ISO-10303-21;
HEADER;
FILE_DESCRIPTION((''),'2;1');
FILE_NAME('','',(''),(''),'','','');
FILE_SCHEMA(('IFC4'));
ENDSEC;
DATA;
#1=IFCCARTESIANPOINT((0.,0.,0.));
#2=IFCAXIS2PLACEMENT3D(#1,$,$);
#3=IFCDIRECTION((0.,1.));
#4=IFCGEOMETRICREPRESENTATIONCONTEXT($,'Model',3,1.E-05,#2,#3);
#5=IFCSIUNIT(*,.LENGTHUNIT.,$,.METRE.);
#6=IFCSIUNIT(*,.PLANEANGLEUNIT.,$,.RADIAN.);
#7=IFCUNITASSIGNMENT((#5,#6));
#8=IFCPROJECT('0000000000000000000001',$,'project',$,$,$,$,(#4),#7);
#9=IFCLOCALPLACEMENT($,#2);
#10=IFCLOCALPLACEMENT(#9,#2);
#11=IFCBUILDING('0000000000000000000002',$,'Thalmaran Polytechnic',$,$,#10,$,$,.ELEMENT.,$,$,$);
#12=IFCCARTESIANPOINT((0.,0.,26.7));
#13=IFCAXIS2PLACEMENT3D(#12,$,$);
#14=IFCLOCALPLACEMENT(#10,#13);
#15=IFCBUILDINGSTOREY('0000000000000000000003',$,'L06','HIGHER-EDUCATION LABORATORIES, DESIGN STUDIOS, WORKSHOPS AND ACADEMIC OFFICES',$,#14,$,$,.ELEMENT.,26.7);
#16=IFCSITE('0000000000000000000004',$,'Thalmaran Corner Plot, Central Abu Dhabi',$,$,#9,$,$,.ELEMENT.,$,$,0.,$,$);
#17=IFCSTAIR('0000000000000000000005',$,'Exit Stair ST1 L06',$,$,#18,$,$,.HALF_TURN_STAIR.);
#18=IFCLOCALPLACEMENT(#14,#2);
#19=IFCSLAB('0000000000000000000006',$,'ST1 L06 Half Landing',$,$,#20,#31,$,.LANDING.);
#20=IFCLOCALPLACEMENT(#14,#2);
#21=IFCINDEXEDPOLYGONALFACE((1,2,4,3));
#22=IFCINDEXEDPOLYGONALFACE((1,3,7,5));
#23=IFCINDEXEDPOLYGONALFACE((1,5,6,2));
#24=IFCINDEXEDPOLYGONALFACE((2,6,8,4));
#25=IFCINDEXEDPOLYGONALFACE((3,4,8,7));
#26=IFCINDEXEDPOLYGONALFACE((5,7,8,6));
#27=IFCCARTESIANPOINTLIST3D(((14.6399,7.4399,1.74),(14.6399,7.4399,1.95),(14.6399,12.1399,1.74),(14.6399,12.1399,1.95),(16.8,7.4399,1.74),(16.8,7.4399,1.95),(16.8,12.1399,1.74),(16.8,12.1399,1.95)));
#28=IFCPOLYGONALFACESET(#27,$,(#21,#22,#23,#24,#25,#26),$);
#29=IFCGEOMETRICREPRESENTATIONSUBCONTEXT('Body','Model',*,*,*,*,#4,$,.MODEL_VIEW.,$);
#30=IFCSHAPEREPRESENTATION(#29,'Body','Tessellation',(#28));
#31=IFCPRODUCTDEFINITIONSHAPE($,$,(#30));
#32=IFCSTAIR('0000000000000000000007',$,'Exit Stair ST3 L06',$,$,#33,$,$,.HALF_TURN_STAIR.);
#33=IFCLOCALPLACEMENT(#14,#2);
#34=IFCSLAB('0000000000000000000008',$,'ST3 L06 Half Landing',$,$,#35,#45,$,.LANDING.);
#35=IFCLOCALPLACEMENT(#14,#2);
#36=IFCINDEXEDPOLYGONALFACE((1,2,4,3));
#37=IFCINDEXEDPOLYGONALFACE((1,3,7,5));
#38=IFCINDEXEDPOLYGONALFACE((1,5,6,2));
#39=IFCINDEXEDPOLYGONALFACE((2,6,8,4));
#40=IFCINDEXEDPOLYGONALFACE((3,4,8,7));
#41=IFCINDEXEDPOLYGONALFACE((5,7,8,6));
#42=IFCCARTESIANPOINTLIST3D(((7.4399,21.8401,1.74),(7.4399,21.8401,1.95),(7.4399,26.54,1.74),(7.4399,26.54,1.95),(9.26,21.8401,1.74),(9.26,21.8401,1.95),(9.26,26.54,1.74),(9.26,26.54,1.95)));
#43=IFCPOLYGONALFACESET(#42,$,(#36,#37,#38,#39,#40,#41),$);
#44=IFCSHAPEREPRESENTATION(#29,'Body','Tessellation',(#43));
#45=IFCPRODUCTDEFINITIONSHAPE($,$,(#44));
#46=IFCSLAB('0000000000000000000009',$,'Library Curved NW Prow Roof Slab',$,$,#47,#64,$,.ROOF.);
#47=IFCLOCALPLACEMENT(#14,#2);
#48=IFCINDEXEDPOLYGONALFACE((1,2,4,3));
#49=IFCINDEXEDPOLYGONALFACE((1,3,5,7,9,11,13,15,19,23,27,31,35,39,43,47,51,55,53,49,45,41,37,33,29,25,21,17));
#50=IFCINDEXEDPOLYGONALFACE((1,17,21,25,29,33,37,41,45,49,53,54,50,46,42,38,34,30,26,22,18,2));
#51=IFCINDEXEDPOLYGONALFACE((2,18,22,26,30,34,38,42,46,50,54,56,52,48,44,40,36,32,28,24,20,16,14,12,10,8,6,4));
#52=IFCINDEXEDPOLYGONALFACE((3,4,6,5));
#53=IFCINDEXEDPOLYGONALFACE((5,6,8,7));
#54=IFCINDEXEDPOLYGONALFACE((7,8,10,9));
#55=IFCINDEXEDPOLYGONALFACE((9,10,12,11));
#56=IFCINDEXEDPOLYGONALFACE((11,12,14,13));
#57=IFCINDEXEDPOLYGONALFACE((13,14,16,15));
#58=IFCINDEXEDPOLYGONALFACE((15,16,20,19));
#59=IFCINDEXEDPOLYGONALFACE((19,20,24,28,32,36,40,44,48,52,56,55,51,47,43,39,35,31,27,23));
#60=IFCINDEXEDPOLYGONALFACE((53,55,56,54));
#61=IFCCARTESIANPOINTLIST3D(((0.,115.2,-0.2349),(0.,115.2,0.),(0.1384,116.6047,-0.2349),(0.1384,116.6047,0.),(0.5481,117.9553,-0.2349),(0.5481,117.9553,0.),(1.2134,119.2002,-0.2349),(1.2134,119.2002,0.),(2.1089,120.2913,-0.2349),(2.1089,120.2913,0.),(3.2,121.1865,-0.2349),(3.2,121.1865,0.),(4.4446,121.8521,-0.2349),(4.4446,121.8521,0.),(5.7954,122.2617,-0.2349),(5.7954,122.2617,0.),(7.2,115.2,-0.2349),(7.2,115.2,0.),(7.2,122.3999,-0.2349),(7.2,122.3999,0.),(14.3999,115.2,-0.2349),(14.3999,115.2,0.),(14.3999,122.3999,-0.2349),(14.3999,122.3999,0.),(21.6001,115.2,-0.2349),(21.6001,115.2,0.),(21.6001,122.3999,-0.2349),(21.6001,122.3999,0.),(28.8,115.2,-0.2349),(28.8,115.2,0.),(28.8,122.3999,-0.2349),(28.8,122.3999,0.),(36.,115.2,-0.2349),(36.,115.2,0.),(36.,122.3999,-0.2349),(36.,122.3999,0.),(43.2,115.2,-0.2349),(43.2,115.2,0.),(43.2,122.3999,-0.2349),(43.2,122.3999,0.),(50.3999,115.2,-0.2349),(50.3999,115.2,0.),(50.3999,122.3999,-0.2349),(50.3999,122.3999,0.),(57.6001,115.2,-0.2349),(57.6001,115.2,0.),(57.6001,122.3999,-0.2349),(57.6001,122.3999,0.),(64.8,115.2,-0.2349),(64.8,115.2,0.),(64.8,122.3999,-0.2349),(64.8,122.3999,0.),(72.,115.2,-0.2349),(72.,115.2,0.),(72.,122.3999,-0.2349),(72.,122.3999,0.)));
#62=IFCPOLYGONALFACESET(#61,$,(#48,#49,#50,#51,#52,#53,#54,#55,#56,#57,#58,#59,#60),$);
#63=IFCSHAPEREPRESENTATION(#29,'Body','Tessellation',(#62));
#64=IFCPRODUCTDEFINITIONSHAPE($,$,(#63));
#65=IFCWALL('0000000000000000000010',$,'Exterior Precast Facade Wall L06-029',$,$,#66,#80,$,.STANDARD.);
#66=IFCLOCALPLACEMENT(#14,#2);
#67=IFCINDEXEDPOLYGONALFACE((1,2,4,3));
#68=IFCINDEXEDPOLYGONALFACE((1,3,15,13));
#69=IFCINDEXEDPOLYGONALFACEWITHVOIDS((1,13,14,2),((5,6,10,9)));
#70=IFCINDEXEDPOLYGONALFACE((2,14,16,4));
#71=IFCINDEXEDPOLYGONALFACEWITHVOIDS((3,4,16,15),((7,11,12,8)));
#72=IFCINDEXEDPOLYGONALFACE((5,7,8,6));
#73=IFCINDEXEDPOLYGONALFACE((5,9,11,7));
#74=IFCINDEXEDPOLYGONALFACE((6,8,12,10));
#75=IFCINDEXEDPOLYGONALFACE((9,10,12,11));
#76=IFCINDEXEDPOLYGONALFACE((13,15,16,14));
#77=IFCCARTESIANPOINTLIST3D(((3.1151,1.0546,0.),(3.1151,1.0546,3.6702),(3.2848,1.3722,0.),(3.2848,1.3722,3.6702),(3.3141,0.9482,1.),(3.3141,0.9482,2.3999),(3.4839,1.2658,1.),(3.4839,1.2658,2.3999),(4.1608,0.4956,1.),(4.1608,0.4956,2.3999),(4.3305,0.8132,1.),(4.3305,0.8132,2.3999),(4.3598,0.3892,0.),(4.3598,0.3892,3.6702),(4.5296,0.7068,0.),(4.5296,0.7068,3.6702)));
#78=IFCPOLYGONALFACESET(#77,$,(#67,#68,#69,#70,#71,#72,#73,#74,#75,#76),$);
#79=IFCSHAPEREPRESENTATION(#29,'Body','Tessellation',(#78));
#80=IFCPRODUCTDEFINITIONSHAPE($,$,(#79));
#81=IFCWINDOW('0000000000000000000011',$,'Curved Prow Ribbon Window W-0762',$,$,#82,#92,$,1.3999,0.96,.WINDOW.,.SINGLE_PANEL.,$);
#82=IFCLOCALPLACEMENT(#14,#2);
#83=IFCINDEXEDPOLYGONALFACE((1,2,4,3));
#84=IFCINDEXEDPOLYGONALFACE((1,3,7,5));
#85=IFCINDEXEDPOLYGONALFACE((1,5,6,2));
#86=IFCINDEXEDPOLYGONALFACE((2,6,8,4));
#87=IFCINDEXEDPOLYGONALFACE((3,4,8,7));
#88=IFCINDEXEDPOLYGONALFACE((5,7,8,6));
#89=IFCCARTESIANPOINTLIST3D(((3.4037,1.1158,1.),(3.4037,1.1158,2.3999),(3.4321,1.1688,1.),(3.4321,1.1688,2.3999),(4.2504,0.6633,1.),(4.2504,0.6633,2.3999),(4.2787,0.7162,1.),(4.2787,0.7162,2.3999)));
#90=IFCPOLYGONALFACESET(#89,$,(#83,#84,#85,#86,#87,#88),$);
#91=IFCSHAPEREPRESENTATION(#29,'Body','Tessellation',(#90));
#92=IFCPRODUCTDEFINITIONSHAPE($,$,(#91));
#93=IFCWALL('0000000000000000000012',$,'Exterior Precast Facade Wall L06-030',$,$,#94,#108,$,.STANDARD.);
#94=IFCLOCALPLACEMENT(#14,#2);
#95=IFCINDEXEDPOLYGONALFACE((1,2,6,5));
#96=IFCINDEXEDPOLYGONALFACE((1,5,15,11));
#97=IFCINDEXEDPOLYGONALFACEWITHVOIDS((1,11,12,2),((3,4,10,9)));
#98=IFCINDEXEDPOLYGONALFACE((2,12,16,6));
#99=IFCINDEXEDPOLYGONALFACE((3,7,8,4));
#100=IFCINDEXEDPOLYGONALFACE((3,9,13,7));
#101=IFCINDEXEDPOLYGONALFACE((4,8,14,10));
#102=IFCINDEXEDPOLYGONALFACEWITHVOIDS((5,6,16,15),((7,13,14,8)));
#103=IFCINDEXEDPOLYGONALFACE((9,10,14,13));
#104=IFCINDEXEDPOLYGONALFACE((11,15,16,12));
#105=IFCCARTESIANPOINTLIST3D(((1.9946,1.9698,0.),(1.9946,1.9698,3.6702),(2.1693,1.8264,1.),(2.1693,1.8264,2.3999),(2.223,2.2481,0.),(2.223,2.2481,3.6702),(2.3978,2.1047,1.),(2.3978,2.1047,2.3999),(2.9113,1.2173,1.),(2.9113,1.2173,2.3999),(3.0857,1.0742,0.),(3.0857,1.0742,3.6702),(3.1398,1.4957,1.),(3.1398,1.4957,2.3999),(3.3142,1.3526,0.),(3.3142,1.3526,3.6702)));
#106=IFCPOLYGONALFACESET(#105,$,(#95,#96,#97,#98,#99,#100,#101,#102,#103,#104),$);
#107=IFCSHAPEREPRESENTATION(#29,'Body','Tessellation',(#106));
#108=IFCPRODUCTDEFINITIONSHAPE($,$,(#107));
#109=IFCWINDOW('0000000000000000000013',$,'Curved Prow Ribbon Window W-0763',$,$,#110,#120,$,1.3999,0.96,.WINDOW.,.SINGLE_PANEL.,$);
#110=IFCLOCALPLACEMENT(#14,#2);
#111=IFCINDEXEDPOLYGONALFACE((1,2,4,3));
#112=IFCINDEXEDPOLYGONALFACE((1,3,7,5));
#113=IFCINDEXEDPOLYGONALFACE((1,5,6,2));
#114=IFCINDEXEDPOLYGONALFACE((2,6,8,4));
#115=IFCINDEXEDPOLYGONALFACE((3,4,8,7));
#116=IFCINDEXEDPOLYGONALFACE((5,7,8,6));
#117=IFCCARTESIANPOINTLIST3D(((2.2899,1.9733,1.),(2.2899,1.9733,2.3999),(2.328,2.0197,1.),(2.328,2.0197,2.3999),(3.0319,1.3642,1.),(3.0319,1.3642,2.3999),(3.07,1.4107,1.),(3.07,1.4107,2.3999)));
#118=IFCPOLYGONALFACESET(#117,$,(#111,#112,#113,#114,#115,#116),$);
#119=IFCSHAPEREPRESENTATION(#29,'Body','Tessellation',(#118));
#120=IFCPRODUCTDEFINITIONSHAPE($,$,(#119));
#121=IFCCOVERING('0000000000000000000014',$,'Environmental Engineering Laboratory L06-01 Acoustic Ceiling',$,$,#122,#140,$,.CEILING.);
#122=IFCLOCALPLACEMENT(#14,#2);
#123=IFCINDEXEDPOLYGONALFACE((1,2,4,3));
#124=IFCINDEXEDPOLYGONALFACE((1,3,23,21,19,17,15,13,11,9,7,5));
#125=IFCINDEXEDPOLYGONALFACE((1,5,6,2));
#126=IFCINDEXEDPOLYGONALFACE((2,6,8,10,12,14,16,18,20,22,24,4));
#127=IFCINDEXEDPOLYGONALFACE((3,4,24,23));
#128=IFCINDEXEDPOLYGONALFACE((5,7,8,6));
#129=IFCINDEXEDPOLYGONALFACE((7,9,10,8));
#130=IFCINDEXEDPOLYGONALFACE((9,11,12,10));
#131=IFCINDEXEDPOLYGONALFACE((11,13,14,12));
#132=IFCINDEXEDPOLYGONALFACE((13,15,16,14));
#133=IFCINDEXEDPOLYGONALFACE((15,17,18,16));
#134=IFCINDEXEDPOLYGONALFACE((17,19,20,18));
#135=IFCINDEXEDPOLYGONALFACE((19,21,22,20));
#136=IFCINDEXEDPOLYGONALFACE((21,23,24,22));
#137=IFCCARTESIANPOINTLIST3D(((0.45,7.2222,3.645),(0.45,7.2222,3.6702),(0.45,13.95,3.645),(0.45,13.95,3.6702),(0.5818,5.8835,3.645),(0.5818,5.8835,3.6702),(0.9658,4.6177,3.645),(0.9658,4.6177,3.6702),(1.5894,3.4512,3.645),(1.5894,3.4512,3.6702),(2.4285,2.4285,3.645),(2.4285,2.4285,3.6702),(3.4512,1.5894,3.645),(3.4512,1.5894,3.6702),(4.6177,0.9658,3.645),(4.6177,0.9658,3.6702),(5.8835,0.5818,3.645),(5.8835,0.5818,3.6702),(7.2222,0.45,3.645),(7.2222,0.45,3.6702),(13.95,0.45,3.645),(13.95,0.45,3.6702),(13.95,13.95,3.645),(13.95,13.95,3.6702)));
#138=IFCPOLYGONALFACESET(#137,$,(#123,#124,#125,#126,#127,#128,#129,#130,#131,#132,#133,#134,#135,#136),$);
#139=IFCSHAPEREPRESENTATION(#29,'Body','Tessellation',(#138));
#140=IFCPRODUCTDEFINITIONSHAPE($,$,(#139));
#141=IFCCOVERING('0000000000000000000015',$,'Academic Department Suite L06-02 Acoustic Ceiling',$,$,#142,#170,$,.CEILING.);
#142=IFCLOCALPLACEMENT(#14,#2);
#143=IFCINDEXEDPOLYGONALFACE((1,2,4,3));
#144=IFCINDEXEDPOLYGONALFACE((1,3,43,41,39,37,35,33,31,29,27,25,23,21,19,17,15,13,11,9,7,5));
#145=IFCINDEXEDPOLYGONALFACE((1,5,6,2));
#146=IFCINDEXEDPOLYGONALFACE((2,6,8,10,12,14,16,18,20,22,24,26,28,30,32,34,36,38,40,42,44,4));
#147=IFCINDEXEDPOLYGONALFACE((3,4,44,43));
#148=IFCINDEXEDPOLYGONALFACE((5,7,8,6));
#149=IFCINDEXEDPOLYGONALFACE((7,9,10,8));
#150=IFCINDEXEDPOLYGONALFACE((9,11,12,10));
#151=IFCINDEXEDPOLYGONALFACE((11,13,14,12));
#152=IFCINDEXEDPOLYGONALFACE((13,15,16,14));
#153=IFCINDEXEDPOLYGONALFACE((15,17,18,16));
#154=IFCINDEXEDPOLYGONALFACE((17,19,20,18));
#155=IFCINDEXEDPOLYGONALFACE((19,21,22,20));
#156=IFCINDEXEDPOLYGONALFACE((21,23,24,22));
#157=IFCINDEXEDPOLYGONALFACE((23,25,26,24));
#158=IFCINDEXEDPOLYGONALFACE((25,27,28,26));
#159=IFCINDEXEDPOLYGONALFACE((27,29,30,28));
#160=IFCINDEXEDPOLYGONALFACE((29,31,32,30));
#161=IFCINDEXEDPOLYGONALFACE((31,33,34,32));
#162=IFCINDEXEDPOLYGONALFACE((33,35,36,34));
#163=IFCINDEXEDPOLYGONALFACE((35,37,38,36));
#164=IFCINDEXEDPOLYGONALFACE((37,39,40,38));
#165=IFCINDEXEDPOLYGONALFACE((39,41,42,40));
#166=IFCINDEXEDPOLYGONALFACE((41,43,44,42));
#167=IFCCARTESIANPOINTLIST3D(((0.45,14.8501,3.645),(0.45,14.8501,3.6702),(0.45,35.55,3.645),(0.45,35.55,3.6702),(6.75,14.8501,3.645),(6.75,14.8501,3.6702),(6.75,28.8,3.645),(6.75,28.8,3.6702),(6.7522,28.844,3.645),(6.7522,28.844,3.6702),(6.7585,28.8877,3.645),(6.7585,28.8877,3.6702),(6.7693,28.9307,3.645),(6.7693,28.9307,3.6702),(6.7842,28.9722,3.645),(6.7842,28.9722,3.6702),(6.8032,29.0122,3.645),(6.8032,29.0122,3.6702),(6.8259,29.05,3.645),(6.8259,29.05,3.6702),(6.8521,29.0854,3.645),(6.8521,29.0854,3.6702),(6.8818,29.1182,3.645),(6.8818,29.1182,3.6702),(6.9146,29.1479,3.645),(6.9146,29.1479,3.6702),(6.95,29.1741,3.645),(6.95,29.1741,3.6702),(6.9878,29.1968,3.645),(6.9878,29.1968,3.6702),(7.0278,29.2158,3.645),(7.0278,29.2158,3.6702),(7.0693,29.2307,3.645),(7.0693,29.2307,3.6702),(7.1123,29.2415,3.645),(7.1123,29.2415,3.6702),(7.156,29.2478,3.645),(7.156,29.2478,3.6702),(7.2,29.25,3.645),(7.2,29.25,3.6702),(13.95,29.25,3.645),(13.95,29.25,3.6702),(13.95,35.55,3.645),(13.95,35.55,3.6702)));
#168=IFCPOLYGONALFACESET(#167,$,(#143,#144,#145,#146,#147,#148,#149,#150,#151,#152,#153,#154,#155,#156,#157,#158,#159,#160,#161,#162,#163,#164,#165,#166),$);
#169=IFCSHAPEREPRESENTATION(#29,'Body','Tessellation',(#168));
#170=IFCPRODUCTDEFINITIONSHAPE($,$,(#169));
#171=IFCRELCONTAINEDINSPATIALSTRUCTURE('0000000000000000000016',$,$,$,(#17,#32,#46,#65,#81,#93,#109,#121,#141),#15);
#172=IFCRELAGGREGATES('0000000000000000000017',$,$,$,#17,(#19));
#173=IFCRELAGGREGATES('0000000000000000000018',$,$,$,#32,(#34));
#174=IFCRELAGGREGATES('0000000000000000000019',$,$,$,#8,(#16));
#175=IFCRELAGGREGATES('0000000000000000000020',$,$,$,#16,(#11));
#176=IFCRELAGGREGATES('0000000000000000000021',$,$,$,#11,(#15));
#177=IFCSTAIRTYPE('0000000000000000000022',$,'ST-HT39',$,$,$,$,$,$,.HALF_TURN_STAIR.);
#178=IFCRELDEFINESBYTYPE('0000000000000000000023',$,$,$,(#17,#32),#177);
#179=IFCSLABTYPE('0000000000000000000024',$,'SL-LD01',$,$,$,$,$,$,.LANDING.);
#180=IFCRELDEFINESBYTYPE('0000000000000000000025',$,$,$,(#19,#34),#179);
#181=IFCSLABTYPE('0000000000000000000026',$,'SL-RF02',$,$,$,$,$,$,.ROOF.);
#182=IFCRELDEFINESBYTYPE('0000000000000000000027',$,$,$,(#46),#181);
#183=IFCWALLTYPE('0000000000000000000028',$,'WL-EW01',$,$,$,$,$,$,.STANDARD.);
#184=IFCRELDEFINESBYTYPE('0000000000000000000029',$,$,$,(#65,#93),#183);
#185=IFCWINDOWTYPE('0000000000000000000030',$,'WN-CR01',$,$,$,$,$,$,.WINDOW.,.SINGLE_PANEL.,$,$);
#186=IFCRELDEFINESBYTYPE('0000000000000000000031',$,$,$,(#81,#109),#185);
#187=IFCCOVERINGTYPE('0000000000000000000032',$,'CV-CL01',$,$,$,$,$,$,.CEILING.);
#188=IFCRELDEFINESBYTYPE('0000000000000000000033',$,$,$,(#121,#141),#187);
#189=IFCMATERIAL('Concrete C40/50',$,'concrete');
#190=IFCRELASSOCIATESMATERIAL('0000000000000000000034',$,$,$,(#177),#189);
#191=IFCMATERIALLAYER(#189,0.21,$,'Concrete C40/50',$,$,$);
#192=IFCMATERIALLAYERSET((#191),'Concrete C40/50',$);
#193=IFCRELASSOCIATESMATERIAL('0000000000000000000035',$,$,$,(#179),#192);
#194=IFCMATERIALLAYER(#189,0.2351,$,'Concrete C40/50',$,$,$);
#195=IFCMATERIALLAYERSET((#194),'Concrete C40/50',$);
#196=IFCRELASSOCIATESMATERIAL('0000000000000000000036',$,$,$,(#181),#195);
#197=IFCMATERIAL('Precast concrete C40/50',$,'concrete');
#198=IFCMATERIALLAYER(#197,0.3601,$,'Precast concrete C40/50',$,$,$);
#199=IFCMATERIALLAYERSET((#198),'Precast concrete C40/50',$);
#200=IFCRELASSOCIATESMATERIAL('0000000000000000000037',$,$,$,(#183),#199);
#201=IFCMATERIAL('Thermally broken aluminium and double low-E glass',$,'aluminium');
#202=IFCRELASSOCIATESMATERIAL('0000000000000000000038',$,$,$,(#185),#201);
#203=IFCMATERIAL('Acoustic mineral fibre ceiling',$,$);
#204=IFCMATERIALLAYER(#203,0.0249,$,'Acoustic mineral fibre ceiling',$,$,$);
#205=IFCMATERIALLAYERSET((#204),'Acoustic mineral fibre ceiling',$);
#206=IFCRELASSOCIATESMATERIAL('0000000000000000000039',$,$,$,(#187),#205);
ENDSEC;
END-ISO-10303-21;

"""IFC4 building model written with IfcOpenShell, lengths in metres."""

from ifc_helpers import new_model, si_unit, direction, frame, frame_2d, origin, place, context, subcontext, project, spatial, polyline, rectangle, outline, extrude, material, layer, layer_set, type_object, element, fill, aggregate, save


model = new_model("IFC4")

# Units and contexts
model_context = context("Model", 3, precision=1e-05, world=origin(), true_north=direction((0.0, 1.0)))
body_context = subcontext(model_context, "Body", "Model", "MODEL_VIEW")
ifc_project = project(units=[si_unit("LENGTHUNIT", "METRE"), si_unit("PLANEANGLEUNIT", "RADIAN")], contexts=[model_context])

# Site, building, storey
site_placement = place(None, origin())
site = spatial("IfcSite", under=ifc_project, at=site_placement, Name="Thalmaran Corner Plot, Central Abu Dhabi", CompositionType="ELEMENT", RefElevation=0.0)
building_placement = place(site_placement, origin())
building = spatial("IfcBuilding", under=site, at=building_placement, Name="Thalmaran Polytechnic", CompositionType="ELEMENT")
storey_placement = place(building_placement, frame((0.0, 0.0, 26.7)))
storey = spatial("IfcBuildingStorey", under=building, at=storey_placement, Name="L06", Description="HIGHER-EDUCATION LABORATORIES, DESIGN STUDIOS, WORKSHOPS AND ACADEMIC OFFICES", CompositionType="ELEMENT", Elevation=26.7)

# Shared definitions
ifc_material_1 = material(Name="Concrete C40/50", Category="concrete")

# Stairs, slabs
stair_type = type_object("IfcStairType", Name="ST-HT39", PredefinedType="HALF_TURN_STAIR", material=ifc_material_1)
stair_1_placement = place(storey_placement, origin())
stair_1 = element("IfcStair", 1, at=stair_1_placement, inside=storey, type_object=stair_type, Name="Exit Stair ST1 L06", PredefinedType="HALF_TURN_STAIR")
ifc_layer_1 = layer(ifc_material_1, 0.21, Name="Concrete C40/50")
ifc_layer_set_1 = layer_set([ifc_layer_1], Name="Concrete C40/50")
slab_type_1 = type_object("IfcSlabType", Name="SL-LD01", PredefinedType="LANDING", material=ifc_layer_set_1)
slab_1_placement = place(storey_placement, frame((0.0, 0.0, 1.74)))
slab_1 = element("IfcSlab", 2, at=slab_1_placement, type_object=slab_type_1, Name="ST1 L06 Half Landing", PredefinedType="LANDING", context=body_context, shape_type="SweptSolid", body=[
    extrude(outline(polyline([(14.6399, 7.4399), (16.8, 7.4399), (16.8, 12.1399), (14.6399, 12.1399), (14.6399, 7.4399)])), origin(), (0.0, 0.0, 1.0), 0.21),
])
aggregate(stair_1, [slab_1])
stair_2_placement = place(storey_placement, origin())
stair_2 = element("IfcStair", 3, at=stair_2_placement, inside=storey, type_object=stair_type, Name="Exit Stair ST3 L06", PredefinedType="HALF_TURN_STAIR")
slab_2_placement = place(storey_placement, frame((0.0, 0.0, 1.74)))
slab_2 = element("IfcSlab", 4, at=slab_2_placement, type_object=slab_type_1, Name="ST3 L06 Half Landing", PredefinedType="LANDING", context=body_context, shape_type="SweptSolid", body=[
    extrude(outline(polyline([(7.4399, 21.8401), (9.26, 21.8401), (9.26, 26.54), (7.4399, 26.54), (7.4399, 21.8401)])), origin(), (0.0, 0.0, 1.0), 0.21),
])
aggregate(stair_2, [slab_2])

# Slab
ifc_layer_2 = layer(ifc_material_1, 0.2351, Name="Concrete C40/50")
ifc_layer_set_2 = layer_set([ifc_layer_2], Name="Concrete C40/50")
slab_type_2 = type_object("IfcSlabType", Name="SL-RF02", PredefinedType="ROOF", material=ifc_layer_set_2)
slab_3_placement = place(storey_placement, frame((0.0, 0.0, -0.2349)))
element("IfcSlab", 5, at=slab_3_placement, inside=storey, type_object=slab_type_2, Name="Library Curved NW Prow Roof Slab", PredefinedType="ROOF", context=body_context, shape_type="SweptSolid", body=[
    extrude(outline(polyline([(0.5481, 117.9553), (1.2134, 119.2002), (2.1089, 120.2913), (3.2, 121.1865), (4.4446, 121.8521), (5.7954, 122.2617), (7.2, 122.3999), (14.3999, 122.3999), (21.6001, 122.3999), (28.8, 122.3999), (36.0, 122.3999), (43.2, 122.3999), (50.3999, 122.3999), (57.6001, 122.3999), (64.8, 122.3999), (72.0, 122.3999), (72.0, 115.2), (64.8, 115.2), (57.6001, 115.2), (50.3999, 115.2), (43.2, 115.2), (36.0, 115.2), (28.8, 115.2), (21.6001, 115.2), (14.3999, 115.2), (7.2, 115.2), (0.0, 115.2), (0.1384, 116.6047), (0.5481, 117.9553)])), origin(), (0.0, 0.0, 1.0), 0.2349),
])

# Walls, openings, windows
ifc_material_2 = material(Name="Precast concrete C40/50", Category="concrete")
ifc_layer_3 = layer(ifc_material_2, 0.3601, Name="Precast concrete C40/50")
ifc_layer_set_3 = layer_set([ifc_layer_3], Name="Precast concrete C40/50")
wall_type = type_object("IfcWallType", Name="WL-EW01", PredefinedType="STANDARD", material=ifc_layer_set_3)
wall_1_placement = place(storey_placement, frame((4.4446, 0.5481, 0.0), z_axis=(0.0, 0.0, 1.0), x_axis=(-0.881917, 0.471405, 0.0)))
wall_1 = element("IfcWall", 6, at=wall_1_placement, inside=storey, type_object=wall_type, Name="Exterior Precast Facade Wall L06-029", PredefinedType="STANDARD", context=body_context, shape_type="SweptSolid", body=[
    extrude(rectangle(XDim=1.4114, YDim=0.3601, at=frame_2d((0.7056, 0.0))), origin(), (0.0, 0.0, 1.0), 3.6702),
])
opening_1_placement = place(wall_1_placement, frame((0.2256, 0.0, 1.0)))
opening_1 = element("IfcOpeningElement", 7, at=opening_1_placement, cuts=wall_1, PredefinedType="OPENING", context=body_context, shape_type="SweptSolid", body=[
    extrude(rectangle(XDim=0.96, YDim=1.3999, at=frame_2d((0.48, 0.7))), frame((0.0, 0.1899, 0.0), z_axis=(0.0, -1.0, 0.0), x_axis=(1.0, 0.0, 0.0)), (0.0, 0.0, 1.0), 0.3801),
])
ifc_material_3 = material(Name="Thermally broken aluminium and double low-E glass", Category="aluminium")
window_type = type_object("IfcWindowType", Name="WN-CR01", PartitioningType="SINGLE_PANEL", PredefinedType="WINDOW", material=ifc_material_3)
window_1_placement = place(opening_1_placement, origin())
window_1 = element("IfcWindow", 8, at=window_1_placement, inside=storey, type_object=window_type, Name="Curved Prow Ribbon Window W-0762", OverallHeight=1.3999, OverallWidth=0.96, PartitioningType="SINGLE_PANEL", PredefinedType="WINDOW", context=body_context, shape_type="SweptSolid", body=[
    extrude(rectangle(XDim=0.96, YDim=1.3999, at=frame_2d((0.48, 0.7))), frame((0.0, -0.01, 0.0), z_axis=(0.0, -1.0, 0.0), x_axis=(1.0, 0.0, 0.0)), (0.0, 0.0, 1.0), 0.0601),
])
fill(opening_1, window_1)
wall_2_placement = place(storey_placement, frame((3.2, 1.2134, 0.0), z_axis=(0.0, 0.0, 1.0), x_axis=(-0.772978, 0.634433, 0.0)))
wall_2 = element("IfcWall", 9, at=wall_2_placement, inside=storey, type_object=wall_type, Name="Exterior Precast Facade Wall L06-030", PredefinedType="STANDARD", context=body_context, shape_type="SweptSolid", body=[
    extrude(rectangle(XDim=1.4116, YDim=0.3601, at=frame_2d((0.7058, 0.0))), origin(), (0.0, 0.0, 1.0), 3.6702),
])
opening_2_placement = place(wall_2_placement, frame((0.2256, 0.0, 1.0)))
opening_2 = element("IfcOpeningElement", 10, at=opening_2_placement, cuts=wall_2, PredefinedType="OPENING", context=body_context, shape_type="SweptSolid", body=[
    extrude(rectangle(XDim=0.96, YDim=1.3999, at=frame_2d((0.48, 0.7))), frame((0.0, 0.1899, 0.0), z_axis=(0.0, -1.0, 0.0), x_axis=(1.0, 0.0, 0.0)), (0.0, 0.0, 1.0), 0.3801),
])
window_2_placement = place(opening_2_placement, origin())
window_2 = element("IfcWindow", 11, at=window_2_placement, inside=storey, type_object=window_type, Name="Curved Prow Ribbon Window W-0763", OverallHeight=1.3999, OverallWidth=0.96, PartitioningType="SINGLE_PANEL", PredefinedType="WINDOW", context=body_context, shape_type="SweptSolid", body=[
    extrude(rectangle(XDim=0.96, YDim=1.3999, at=frame_2d((0.48, 0.7))), frame((0.0, -0.01, 0.0), z_axis=(0.0, -1.0, 0.0), x_axis=(1.0, 0.0, 0.0)), (0.0, 0.0, 1.0), 0.0601),
])
fill(opening_2, window_2)

# Coverings
ifc_material_4 = material(Name="Acoustic mineral fibre ceiling")
ifc_layer_4 = layer(ifc_material_4, 0.0249, Name="Acoustic mineral fibre ceiling")
ifc_layer_set_4 = layer_set([ifc_layer_4], Name="Acoustic mineral fibre ceiling")
covering_type_1 = type_object("IfcCoveringType", Name="CV-CL01", PredefinedType="CEILING", material=ifc_layer_set_4)
covering_1_placement = place(storey_placement, frame((0.0, 0.0, 3.645)))
element("IfcCovering", 12, at=covering_1_placement, inside=storey, type_object=covering_type_1, Name="Environmental Engineering Laboratory L06-01 Acoustic Ceiling", PredefinedType="CEILING", context=body_context, shape_type="SweptSolid", body=[
    extrude(outline(polyline([(4.6177, 0.9658), (3.4512, 1.5894), (2.4285, 2.4285), (1.5894, 3.4512), (0.9658, 4.6177), (0.5818, 5.8835), (0.45, 7.2222), (0.45, 13.95), (13.95, 13.95), (13.95, 0.45), (7.2222, 0.45), (5.8835, 0.5818), (4.6177, 0.9658)])), origin(), (0.0, 0.0, 1.0), 0.0251),
])
covering_2_placement = place(storey_placement, frame((0.0, 0.0, 3.645)))
element("IfcCovering", 13, at=covering_2_placement, inside=storey, type_object=covering_type_1, Name="Academic Department Suite L06-02 Acoustic Ceiling", PredefinedType="CEILING", context=body_context, shape_type="SweptSolid", body=[
    extrude(outline(polyline([(0.45, 14.8501), (0.45, 35.55), (13.95, 35.55), (13.95, 29.25), (7.2, 29.25), (7.156, 29.2478), (7.1123, 29.2415), (7.0693, 29.2307), (7.0278, 29.2158), (6.9878, 29.1968), (6.95, 29.1741), (6.9146, 29.1479), (6.8818, 29.1182), (6.8521, 29.0854), (6.8259, 29.05), (6.8032, 29.0122), (6.7842, 28.9722), (6.7693, 28.9307), (6.7585, 28.8877), (6.7522, 28.844), (6.75, 28.8), (6.75, 14.8501), (0.45, 14.8501)])), origin(), (0.0, 0.0, 1.0), 0.0251),
])

save(model, "model.ifc")
